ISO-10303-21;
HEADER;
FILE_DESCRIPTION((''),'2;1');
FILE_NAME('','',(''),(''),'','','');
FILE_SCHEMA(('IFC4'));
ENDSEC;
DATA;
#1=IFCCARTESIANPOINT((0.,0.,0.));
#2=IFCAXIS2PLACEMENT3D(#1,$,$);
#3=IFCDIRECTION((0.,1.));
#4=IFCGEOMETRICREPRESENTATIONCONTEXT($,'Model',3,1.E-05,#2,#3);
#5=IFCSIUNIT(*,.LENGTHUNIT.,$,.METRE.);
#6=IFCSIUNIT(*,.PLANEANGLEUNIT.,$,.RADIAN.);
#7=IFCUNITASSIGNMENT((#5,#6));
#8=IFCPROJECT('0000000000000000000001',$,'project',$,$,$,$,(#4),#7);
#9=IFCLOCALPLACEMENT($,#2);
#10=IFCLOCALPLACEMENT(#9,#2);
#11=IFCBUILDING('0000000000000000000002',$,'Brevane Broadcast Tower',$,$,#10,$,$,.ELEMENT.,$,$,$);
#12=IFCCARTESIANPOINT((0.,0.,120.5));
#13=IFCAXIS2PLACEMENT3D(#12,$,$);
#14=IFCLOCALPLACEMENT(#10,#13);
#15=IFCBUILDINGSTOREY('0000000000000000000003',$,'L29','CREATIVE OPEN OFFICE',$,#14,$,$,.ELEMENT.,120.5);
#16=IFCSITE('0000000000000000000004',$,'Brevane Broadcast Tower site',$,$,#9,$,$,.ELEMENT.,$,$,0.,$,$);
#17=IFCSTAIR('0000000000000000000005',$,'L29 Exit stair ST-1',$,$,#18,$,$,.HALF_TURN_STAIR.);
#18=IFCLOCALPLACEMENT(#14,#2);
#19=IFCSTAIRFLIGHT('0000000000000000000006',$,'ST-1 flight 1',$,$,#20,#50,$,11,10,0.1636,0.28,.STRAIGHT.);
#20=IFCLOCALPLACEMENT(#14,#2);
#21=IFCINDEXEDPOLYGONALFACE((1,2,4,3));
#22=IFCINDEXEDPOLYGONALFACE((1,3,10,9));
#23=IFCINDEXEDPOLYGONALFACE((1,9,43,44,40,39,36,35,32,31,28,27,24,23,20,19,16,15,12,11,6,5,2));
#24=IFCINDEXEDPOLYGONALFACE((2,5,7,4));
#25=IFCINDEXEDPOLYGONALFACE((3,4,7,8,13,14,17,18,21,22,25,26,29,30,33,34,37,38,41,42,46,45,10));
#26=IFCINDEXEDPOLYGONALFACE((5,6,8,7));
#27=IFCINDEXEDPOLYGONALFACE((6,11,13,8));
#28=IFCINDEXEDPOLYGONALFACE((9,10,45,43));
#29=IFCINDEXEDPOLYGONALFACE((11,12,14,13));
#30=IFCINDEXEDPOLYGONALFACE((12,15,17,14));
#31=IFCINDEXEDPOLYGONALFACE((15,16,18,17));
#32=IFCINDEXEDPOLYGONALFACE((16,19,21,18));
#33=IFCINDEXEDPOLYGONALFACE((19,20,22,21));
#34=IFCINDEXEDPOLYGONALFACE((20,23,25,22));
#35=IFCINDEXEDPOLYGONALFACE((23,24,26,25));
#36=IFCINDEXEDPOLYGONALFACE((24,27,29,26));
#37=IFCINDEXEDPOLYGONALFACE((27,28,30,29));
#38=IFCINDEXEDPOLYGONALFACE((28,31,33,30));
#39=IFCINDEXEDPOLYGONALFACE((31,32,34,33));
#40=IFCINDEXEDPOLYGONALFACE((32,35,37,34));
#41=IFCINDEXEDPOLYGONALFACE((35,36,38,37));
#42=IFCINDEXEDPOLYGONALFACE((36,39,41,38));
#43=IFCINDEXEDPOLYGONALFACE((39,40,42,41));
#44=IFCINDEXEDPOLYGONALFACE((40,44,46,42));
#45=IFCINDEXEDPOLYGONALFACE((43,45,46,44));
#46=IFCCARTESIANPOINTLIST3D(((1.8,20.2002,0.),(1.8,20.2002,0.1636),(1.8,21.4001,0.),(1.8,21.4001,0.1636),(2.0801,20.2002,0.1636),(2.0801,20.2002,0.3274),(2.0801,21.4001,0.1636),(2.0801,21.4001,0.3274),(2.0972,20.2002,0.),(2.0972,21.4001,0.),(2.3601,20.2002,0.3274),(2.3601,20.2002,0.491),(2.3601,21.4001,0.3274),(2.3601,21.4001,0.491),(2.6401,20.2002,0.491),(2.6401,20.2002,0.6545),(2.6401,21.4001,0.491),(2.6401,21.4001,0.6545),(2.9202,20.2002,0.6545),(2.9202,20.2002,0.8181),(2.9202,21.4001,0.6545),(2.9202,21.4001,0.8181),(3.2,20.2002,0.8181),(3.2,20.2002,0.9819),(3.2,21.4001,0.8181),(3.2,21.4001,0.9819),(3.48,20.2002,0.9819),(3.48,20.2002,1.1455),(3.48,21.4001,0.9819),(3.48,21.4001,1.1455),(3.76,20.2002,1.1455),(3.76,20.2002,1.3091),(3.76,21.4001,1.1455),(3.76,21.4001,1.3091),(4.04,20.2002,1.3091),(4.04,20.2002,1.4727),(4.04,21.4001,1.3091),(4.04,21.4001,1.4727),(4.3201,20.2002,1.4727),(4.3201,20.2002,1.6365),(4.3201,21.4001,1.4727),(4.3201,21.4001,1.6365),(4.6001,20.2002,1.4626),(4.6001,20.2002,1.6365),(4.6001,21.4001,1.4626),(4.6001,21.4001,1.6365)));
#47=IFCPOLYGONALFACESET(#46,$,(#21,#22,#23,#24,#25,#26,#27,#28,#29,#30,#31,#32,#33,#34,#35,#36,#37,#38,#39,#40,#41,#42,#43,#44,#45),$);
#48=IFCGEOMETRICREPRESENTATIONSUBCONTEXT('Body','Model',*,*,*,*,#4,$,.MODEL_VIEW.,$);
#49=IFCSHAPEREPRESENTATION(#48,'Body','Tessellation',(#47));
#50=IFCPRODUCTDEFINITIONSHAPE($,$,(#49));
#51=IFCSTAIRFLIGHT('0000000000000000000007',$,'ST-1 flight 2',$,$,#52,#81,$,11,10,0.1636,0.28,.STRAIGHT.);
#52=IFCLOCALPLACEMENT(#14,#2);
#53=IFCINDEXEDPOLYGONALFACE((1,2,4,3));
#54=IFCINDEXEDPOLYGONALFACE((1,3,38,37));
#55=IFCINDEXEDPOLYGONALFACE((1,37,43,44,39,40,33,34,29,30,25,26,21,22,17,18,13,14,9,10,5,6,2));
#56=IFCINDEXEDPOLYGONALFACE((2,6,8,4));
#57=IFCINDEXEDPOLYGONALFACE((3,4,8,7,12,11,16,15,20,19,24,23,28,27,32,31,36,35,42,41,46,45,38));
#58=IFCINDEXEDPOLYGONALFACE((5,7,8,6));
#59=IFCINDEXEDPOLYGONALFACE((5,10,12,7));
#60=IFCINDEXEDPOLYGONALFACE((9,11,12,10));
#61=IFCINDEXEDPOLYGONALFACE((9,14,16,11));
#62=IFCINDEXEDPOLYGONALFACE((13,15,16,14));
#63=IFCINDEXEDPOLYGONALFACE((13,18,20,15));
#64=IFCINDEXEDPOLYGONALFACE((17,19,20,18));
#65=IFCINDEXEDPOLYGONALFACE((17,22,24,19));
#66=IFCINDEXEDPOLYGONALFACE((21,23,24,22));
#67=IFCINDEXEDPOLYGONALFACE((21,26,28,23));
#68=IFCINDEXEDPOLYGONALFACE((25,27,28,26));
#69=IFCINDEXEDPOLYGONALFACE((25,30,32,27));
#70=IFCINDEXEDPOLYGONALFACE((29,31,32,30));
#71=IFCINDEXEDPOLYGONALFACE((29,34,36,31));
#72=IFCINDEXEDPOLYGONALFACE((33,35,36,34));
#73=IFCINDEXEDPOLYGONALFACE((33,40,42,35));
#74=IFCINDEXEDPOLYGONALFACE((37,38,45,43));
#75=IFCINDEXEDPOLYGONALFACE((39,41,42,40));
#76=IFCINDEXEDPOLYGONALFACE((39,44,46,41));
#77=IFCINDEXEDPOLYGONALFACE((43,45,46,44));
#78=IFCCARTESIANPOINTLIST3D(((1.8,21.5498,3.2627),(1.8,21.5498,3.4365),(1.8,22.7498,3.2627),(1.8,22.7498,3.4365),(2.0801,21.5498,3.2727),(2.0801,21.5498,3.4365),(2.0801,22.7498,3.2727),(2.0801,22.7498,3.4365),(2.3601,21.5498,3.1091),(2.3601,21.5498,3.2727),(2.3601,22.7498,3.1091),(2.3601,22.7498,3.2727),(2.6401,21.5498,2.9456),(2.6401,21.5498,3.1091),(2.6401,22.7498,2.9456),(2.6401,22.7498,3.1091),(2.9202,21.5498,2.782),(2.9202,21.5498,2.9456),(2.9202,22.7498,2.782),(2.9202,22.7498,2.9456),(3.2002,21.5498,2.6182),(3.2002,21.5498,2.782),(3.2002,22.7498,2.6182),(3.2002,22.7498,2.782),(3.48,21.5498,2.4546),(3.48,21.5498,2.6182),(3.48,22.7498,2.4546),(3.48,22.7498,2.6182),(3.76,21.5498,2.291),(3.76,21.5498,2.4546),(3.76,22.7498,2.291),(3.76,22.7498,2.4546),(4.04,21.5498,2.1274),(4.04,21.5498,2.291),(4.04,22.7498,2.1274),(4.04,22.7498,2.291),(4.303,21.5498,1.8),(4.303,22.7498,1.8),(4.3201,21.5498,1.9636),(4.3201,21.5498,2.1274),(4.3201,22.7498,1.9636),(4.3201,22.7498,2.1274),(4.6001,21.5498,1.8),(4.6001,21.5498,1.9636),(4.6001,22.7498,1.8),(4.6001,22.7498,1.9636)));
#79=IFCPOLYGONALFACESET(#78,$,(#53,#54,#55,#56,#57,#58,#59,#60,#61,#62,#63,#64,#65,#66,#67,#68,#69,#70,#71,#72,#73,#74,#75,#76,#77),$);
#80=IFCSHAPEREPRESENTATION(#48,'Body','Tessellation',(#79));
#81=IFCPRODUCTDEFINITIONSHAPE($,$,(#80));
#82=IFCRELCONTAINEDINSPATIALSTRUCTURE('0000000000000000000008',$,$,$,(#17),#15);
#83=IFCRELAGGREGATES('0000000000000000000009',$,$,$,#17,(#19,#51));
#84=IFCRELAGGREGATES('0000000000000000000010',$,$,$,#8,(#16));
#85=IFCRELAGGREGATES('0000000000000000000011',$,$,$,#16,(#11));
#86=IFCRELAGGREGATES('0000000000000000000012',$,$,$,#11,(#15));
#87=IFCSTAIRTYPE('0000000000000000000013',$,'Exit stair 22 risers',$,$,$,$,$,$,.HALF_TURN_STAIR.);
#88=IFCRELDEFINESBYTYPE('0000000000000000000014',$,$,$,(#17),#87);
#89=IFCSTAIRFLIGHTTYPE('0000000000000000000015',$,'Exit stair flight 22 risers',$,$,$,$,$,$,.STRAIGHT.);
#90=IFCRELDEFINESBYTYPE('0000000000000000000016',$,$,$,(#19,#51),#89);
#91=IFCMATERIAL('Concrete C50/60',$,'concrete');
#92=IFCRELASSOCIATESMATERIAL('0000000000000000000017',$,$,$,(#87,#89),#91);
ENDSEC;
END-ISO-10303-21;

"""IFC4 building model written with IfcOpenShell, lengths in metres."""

from ifc_helpers import new_model, si_unit, direction, frame, origin, place, context, subcontext, project, spatial, polyline, outline, extrude, material, type_object, element, aggregate, save


model = new_model("IFC4")

# Units and contexts
model_context = context("Model", 3, precision=1e-05, world=origin(), true_north=direction((0.0, 1.0)))
body_context = subcontext(model_context, "Body", "Model", "MODEL_VIEW")
ifc_project = project(units=[si_unit("LENGTHUNIT", "METRE"), si_unit("PLANEANGLEUNIT", "RADIAN")], contexts=[model_context])

# Site, building, storey
site_placement = place(None, origin())
site = spatial("IfcSite", under=ifc_project, at=site_placement, Name="Brevane Broadcast Tower site", CompositionType="ELEMENT", RefElevation=0.0)
building_placement = place(site_placement, origin())
building = spatial("IfcBuilding", under=site, at=building_placement, Name="Brevane Broadcast Tower", CompositionType="ELEMENT")
storey_placement = place(building_placement, frame((0.0, 0.0, 120.5)))
storey = spatial("IfcBuildingStorey", under=building, at=storey_placement, Name="L29", Description="CREATIVE OPEN OFFICE", CompositionType="ELEMENT", Elevation=120.5)

# Stair, stair flights
ifc_material_1 = material(Name="Concrete C50/60", Category="concrete")
stair_type = type_object("IfcStairType", Name="Exit stair 22 risers", PredefinedType="HALF_TURN_STAIR", material=ifc_material_1)
stair_placement = place(storey_placement, origin())
stair = element("IfcStair", 1, at=stair_placement, inside=storey, type_object=stair_type, Name="L29 Exit stair ST-1", PredefinedType="HALF_TURN_STAIR")
stair_flight_type = type_object("IfcStairFlightType", Name="Exit stair flight 22 risers", PredefinedType="STRAIGHT", material=ifc_material_1)
stair_flight_1_placement = place(storey_placement, frame((1.8, 20.8, 0.0), z_axis=(0.0, 0.0, 1.0), x_axis=(1.0, 0.0, 0.0)))
stair_flight_1 = element("IfcStairFlight", 2, at=stair_flight_1_placement, type_object=stair_flight_type, Name="ST-1 flight 1", NumberOfRisers=11, NumberOfTreads=10, PredefinedType="STRAIGHT", RiserHeight=0.1636, TreadLength=0.28, context=body_context, shape_type="SweptSolid", body=[
    extrude(outline(polyline([(0.0, 0.0), (0.0, 0.1636), (0.28, 0.1636), (0.28, 0.3274), (0.5601, 0.3274), (0.5601, 0.491), (0.8401, 0.491), (0.8401, 0.6545), (1.1201, 0.6545), (1.1201, 0.8181), (1.3999, 0.8181), (1.3999, 0.9819), (1.6799, 0.9819), (1.6799, 1.1455), (1.96, 1.1455), (1.96, 1.3091), (2.24, 1.3091), (2.24, 1.4727), (2.52, 1.4727), (2.52, 1.6365), (2.8, 1.6365), (2.8, 1.8), (2.8, 1.4626), (0.2971, 0.0), (0.0, 0.0)])), frame((0.0, 0.6001, 0.0), z_axis=(0.0, -1.0, 0.0), x_axis=(1.0, 0.0, 0.0)), (0.0, 0.0, 1.0), 1.2),
])
stair_flight_2_placement = place(storey_placement, frame((4.6001, 22.1499, 1.8), z_axis=(0.0, 0.0, 1.0), x_axis=(-1.0, 0.0, 0.0)))
stair_flight_2 = element("IfcStairFlight", 3, at=stair_flight_2_placement, type_object=stair_flight_type, Name="ST-1 flight 2", NumberOfRisers=11, NumberOfTreads=10, PredefinedType="STRAIGHT", RiserHeight=0.1636, TreadLength=0.28, context=body_context, shape_type="SweptSolid", body=[
    extrude(outline(polyline([(0.0, 0.0), (0.0, 0.1636), (0.28, 0.1636), (0.28, 0.3274), (0.5601, 0.3274), (0.5601, 0.491), (0.8401, 0.491), (0.8401, 0.6545), (1.1201, 0.6545), (1.1201, 0.8181), (1.3999, 0.8181), (1.3999, 0.9819), (1.6799, 0.9819), (1.6799, 1.1455), (1.96, 1.1455), (1.96, 1.3091), (2.24, 1.3091), (2.24, 1.4727), (2.52, 1.4727), (2.52, 1.6365), (2.8, 1.6365), (2.8, 1.8), (2.8, 1.4626), (0.2971, 0.0), (0.0, 0.0)])), frame((0.0, 0.6001, 0.0), z_axis=(0.0, -1.0, 0.0), x_axis=(1.0, 0.0, 0.0)), (0.0, 0.0, 1.0), 1.2),
])
aggregate(stair, [stair_flight_1, stair_flight_2])

save(model, "model.ifc")
